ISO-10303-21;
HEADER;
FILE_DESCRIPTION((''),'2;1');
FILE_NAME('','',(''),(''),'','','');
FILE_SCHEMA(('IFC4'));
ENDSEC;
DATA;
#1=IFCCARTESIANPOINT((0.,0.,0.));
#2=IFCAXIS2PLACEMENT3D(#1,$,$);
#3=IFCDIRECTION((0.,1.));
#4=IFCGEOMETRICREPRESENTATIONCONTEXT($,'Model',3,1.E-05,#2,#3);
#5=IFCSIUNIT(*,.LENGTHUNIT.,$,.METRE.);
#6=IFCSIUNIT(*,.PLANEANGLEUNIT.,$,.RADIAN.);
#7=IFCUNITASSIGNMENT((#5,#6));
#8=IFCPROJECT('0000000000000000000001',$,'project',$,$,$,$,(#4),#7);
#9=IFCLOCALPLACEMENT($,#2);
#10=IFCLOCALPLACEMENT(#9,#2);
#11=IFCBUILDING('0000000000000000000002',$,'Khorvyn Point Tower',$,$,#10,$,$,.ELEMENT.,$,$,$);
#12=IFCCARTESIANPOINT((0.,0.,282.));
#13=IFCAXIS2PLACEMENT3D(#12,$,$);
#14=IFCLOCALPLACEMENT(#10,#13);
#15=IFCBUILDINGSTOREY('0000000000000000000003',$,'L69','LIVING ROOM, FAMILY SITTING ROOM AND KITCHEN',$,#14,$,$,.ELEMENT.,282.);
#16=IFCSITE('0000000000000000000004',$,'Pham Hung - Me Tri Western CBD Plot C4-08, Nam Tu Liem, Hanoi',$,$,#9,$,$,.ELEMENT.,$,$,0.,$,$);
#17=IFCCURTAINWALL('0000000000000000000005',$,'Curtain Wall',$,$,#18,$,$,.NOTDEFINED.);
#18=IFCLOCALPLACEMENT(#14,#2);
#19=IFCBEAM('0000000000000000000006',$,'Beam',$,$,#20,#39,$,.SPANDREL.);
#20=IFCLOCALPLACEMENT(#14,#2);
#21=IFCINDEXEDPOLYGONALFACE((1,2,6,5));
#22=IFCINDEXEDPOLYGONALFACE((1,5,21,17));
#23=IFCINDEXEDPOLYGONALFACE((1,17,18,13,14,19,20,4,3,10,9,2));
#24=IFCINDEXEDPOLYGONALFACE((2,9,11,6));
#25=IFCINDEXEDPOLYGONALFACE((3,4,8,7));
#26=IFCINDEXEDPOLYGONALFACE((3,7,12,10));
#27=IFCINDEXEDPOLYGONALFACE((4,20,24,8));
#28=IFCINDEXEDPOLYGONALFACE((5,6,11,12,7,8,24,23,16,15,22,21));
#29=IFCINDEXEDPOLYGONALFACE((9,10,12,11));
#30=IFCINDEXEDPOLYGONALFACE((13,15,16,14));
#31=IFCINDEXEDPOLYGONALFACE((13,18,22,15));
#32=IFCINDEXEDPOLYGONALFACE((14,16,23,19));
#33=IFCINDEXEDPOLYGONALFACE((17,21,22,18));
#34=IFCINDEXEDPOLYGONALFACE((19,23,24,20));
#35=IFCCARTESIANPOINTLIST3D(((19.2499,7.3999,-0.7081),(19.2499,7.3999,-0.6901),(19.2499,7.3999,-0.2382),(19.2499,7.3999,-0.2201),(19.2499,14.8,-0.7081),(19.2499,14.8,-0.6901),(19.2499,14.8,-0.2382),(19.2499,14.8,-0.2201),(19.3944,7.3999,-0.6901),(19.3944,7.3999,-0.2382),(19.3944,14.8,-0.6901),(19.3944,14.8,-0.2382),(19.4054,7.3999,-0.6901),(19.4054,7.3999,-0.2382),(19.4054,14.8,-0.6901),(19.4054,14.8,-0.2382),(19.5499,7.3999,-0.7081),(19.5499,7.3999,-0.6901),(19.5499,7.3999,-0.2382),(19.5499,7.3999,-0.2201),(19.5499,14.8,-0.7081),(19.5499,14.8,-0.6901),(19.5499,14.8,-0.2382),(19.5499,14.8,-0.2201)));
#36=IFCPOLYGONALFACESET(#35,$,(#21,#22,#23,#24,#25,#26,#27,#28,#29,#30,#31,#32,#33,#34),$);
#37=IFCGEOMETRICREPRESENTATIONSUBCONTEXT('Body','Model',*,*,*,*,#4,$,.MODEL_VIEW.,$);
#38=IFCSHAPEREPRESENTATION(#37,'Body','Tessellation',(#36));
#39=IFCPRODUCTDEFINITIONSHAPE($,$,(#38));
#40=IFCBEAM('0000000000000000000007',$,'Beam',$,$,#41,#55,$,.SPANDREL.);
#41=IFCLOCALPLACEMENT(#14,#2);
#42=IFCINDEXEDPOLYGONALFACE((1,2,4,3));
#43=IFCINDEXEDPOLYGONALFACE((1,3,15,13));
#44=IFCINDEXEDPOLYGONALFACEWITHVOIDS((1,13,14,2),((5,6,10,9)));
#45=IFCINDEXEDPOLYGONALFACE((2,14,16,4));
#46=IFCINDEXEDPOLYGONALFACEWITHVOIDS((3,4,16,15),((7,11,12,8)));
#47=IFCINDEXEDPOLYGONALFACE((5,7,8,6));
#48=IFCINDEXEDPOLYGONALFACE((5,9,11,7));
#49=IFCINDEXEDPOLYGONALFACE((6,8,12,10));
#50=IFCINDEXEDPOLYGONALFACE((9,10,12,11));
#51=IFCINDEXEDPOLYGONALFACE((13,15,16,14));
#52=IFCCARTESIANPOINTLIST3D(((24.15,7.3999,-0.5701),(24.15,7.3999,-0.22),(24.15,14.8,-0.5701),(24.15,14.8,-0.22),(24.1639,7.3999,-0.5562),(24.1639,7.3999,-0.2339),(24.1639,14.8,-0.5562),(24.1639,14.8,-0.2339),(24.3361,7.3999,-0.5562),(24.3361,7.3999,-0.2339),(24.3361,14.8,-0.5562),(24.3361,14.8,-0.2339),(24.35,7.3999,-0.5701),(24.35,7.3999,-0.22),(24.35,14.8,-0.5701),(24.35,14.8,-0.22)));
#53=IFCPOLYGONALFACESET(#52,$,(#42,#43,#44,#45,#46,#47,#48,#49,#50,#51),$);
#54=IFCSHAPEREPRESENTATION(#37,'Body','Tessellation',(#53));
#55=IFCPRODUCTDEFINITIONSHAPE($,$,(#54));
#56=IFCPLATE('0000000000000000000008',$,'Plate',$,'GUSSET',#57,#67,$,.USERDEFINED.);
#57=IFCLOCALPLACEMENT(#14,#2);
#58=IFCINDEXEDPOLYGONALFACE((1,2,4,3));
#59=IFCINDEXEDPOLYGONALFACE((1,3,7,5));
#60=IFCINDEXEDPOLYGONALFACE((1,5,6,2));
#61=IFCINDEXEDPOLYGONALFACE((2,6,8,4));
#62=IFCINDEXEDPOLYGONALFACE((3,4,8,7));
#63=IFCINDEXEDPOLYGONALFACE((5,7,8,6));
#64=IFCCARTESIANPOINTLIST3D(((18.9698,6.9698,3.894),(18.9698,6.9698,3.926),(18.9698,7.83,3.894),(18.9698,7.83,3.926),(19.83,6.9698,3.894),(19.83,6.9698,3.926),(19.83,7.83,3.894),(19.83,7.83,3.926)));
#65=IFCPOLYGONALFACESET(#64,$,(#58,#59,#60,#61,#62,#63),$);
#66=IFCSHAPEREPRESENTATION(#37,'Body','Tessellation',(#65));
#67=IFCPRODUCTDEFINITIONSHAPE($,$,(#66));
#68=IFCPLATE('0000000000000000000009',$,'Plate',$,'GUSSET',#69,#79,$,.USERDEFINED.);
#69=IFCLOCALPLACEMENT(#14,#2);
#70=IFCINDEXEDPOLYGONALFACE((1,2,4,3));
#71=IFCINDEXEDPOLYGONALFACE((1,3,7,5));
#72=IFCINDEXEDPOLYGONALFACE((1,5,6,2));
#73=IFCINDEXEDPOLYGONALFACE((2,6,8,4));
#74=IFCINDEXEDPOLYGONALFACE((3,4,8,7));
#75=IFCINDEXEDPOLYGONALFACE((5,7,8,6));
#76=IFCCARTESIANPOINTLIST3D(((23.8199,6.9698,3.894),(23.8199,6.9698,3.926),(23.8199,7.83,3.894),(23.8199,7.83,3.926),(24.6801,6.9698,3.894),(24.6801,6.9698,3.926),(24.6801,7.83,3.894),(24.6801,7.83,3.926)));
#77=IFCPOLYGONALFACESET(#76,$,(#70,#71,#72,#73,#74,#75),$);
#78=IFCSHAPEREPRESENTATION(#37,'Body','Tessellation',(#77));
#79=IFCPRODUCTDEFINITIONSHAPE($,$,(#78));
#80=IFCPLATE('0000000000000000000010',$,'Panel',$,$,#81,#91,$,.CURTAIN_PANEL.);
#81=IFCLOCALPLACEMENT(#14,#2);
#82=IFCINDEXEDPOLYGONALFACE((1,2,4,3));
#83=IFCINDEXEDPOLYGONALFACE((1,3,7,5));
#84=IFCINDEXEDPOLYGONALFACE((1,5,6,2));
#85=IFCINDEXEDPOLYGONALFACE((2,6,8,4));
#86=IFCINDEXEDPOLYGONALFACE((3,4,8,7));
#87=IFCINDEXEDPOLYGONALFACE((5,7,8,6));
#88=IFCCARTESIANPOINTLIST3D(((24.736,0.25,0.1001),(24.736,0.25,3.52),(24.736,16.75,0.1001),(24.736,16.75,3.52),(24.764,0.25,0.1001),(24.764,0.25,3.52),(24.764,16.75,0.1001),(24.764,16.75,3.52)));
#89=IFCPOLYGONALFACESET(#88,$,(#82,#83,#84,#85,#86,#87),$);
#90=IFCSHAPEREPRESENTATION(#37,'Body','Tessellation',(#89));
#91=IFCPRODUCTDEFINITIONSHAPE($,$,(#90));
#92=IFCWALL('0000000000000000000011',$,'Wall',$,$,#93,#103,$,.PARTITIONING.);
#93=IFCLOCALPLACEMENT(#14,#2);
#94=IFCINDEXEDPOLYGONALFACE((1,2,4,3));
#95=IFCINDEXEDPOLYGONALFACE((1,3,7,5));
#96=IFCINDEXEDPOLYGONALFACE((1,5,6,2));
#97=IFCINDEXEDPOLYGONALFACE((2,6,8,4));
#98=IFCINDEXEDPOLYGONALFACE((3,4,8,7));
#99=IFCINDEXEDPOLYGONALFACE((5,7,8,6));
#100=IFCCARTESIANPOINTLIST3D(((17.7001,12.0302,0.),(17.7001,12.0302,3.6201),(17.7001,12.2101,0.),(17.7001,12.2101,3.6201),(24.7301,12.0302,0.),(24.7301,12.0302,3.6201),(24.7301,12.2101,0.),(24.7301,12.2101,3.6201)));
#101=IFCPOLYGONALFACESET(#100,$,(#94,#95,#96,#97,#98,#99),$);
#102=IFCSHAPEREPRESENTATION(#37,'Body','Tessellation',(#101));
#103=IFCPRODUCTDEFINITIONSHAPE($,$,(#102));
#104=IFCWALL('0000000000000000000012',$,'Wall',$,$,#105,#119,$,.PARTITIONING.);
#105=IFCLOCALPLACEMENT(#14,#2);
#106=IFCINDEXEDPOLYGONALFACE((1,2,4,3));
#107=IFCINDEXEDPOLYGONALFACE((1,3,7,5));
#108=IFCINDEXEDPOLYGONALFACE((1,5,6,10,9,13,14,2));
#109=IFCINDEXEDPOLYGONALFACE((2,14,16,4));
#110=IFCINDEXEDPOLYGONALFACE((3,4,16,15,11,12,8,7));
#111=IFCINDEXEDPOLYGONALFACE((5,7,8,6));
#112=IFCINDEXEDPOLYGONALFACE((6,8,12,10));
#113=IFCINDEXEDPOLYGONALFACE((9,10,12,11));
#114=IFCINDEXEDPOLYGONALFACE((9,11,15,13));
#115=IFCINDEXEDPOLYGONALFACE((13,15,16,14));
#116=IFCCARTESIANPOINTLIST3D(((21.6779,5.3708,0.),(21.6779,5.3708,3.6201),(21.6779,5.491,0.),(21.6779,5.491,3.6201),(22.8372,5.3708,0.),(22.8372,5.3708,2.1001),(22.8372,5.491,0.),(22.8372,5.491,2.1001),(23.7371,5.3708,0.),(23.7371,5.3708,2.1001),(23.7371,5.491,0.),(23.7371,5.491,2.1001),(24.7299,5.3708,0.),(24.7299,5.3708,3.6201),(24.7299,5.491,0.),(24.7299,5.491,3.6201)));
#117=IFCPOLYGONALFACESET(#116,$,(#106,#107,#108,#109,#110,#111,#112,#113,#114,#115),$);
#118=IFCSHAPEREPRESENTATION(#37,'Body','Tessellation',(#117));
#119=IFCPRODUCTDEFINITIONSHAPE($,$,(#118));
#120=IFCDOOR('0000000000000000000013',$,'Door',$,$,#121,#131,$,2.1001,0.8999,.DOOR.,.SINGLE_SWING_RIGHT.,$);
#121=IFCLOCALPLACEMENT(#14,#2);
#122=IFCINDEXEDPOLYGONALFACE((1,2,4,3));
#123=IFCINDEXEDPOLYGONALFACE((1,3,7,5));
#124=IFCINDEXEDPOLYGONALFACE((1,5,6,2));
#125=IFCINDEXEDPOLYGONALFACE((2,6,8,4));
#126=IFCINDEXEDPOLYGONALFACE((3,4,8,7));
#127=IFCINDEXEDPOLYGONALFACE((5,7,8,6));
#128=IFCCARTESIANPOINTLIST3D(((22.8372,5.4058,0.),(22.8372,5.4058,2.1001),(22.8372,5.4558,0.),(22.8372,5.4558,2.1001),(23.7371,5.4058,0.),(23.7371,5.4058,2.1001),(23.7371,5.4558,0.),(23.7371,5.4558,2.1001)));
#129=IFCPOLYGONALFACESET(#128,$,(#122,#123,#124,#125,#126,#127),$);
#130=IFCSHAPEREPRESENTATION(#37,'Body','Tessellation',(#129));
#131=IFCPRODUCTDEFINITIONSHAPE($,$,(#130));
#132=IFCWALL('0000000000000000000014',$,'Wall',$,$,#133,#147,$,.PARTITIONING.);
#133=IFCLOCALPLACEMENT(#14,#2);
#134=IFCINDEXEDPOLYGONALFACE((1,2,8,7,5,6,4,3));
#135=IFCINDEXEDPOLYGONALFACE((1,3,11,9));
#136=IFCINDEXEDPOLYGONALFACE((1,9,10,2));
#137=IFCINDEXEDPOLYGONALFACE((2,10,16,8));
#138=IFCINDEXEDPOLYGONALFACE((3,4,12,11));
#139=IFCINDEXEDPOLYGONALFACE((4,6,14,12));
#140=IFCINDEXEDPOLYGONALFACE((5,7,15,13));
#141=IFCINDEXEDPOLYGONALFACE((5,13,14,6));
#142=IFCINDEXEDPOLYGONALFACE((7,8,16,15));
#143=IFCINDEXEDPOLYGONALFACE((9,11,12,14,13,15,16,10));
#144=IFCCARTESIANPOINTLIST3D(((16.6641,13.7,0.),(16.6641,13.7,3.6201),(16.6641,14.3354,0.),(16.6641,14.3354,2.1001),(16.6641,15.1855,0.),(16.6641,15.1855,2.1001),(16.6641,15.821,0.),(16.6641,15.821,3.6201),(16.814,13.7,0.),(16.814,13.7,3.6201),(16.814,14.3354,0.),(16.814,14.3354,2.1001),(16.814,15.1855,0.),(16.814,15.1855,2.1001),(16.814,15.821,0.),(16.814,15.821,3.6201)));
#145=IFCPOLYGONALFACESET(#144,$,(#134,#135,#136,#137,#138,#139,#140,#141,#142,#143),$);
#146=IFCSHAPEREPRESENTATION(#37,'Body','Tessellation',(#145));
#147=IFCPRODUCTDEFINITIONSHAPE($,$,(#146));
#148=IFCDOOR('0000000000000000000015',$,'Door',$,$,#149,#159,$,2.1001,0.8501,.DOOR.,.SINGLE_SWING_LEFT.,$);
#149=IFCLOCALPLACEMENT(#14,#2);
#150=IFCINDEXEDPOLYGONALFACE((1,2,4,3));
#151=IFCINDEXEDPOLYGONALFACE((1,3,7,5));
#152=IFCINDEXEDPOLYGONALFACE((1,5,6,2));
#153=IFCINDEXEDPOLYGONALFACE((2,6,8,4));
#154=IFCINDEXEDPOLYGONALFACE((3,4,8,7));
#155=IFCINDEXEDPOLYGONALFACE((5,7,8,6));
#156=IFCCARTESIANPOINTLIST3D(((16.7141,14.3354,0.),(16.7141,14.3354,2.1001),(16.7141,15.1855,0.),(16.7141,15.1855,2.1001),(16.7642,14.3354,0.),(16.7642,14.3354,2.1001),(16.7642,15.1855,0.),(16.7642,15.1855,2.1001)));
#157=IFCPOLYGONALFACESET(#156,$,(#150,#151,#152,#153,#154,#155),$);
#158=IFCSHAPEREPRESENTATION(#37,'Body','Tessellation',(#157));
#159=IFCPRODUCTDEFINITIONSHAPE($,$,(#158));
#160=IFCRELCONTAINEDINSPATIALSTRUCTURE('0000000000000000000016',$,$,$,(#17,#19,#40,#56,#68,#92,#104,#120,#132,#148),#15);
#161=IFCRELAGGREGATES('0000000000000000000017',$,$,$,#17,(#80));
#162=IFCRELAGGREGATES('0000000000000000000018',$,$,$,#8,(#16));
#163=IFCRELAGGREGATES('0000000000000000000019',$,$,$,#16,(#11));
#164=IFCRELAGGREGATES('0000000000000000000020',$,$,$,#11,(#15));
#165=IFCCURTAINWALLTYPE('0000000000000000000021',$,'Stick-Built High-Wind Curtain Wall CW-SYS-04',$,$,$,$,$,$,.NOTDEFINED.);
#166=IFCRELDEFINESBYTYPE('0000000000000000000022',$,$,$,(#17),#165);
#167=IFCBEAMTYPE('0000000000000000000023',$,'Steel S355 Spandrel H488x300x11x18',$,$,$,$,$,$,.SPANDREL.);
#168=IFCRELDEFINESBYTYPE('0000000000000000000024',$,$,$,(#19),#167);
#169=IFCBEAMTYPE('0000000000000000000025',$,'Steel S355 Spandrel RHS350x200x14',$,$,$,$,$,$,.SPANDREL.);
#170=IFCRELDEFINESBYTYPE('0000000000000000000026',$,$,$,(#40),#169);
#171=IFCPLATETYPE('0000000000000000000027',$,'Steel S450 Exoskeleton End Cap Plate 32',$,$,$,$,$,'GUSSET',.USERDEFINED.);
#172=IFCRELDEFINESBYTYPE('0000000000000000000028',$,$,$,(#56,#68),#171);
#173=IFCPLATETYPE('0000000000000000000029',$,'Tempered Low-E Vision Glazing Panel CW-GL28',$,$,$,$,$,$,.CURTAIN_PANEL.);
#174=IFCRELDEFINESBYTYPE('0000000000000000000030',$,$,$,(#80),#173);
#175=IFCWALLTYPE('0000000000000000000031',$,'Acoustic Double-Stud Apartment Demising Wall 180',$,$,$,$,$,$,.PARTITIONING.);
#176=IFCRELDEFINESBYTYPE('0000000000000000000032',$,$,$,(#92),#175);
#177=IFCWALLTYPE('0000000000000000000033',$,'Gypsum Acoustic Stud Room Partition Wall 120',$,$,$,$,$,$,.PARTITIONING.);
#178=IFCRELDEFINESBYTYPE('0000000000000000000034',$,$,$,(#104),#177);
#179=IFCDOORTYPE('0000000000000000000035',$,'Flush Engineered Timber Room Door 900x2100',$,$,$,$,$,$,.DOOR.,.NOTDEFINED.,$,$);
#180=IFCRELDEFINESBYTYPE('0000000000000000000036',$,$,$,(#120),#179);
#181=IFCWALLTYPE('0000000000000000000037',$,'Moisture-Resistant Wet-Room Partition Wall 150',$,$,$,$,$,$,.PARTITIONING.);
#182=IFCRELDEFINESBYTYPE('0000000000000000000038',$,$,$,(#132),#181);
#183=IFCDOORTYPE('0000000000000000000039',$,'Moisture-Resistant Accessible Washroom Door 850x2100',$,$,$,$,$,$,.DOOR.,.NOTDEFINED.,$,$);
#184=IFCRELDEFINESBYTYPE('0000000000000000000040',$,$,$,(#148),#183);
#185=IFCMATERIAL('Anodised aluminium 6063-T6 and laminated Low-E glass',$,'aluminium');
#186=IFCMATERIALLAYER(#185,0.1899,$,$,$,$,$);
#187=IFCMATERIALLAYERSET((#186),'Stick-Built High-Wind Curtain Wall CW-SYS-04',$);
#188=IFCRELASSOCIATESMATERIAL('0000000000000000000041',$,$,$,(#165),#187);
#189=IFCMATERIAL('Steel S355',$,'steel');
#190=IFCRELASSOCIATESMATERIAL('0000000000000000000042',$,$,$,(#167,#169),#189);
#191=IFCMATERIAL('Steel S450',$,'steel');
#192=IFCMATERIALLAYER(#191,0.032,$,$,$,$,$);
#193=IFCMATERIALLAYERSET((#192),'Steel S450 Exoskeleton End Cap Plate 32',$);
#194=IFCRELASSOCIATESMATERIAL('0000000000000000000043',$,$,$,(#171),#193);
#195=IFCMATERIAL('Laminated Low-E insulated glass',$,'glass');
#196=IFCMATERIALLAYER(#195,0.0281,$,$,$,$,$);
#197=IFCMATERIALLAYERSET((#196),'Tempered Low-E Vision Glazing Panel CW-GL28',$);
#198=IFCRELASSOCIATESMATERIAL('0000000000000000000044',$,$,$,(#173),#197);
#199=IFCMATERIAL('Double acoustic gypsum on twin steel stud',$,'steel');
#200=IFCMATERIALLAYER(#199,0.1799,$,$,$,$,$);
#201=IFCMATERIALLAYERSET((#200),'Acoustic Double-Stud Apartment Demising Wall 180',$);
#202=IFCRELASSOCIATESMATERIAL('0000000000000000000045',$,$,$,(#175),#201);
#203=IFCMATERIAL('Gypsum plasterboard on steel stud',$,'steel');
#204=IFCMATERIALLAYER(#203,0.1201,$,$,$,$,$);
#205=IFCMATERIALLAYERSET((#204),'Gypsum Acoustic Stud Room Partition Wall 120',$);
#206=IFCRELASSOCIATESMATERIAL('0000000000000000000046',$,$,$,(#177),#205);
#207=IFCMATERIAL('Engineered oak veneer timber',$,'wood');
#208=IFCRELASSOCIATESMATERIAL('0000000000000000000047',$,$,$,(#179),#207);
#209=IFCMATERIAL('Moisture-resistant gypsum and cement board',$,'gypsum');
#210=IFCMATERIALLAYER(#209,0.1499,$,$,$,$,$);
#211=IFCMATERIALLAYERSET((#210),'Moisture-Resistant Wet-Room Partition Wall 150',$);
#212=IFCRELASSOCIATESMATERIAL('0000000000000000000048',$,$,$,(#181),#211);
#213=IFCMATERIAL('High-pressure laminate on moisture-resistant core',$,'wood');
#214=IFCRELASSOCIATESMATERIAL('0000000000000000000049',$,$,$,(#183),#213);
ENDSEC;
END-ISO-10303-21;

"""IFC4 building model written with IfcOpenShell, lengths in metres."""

from ifc_helpers import new_model, si_unit, direction, frame, frame_2d, origin, origin_2d, place, context, subcontext, project, spatial, rectangle, hollow_rectangle, i_section, extrude, material, layer, layer_set, material_profile, profile_set, type_object, element, fill, aggregate, save


model = new_model("IFC4")

# Units and contexts
model_context = context("Model", 3, precision=1e-05, world=origin(), true_north=direction((0.0, 1.0)))
body_context = subcontext(model_context, "Body", "Model", "MODEL_VIEW")
ifc_project = project(units=[si_unit("LENGTHUNIT", "METRE"), si_unit("PLANEANGLEUNIT", "RADIAN")], contexts=[model_context])

# Site, building, storey
site_placement = place(None, origin())
site = spatial("IfcSite", under=ifc_project, at=site_placement, Name="Pham Hung - Me Tri Western CBD Plot C4-08, Nam Tu Liem, Hanoi", CompositionType="ELEMENT", RefElevation=0.0)
building_placement = place(site_placement, origin())
building = spatial("IfcBuilding", under=site, at=building_placement, Name="Khorvyn Point Tower", CompositionType="ELEMENT")
storey_placement = place(building_placement, frame((0.0, 0.0, 282.0)))
storey = spatial("IfcBuildingStorey", under=building, at=storey_placement, Name="L69", Description="LIVING ROOM, FAMILY SITTING ROOM AND KITCHEN", CompositionType="ELEMENT", Elevation=282.0)

# Shared definitions
ifc_material_1 = material(Name="Steel S355", Category="steel")
ifc_material_2 = material(Name="Steel S450", Category="steel")

# Curtain wall
ifc_material_3 = material(Name="Anodised aluminium 6063-T6 and laminated Low-E glass", Category="aluminium")
ifc_layer_1 = layer(ifc_material_3, 0.1899)
ifc_layer_set_1 = layer_set([ifc_layer_1], Name="Stick-Built High-Wind Curtain Wall CW-SYS-04")
curtain_wall_type = type_object("IfcCurtainWallType", Name="Stick-Built High-Wind Curtain Wall CW-SYS-04", PredefinedType="NOTDEFINED", material=ifc_layer_set_1)
curtain_wall_placement = place(storey_placement, origin())
curtain_wall = element("IfcCurtainWall", 1, at=curtain_wall_placement, inside=storey, type_object=curtain_wall_type, Name="Curtain Wall", PredefinedType="NOTDEFINED")

# Beams
ifc_material_profile_1 = material_profile(ifc_material_1, i_section(OverallWidth=0.3, OverallDepth=0.488, WebThickness=0.011, FlangeThickness=0.0181, at=origin_2d()))
ifc_profile_set_1 = profile_set([ifc_material_profile_1], Name="Steel S355 H488x300x11x18")
beam_type_1 = type_object("IfcBeamType", Name="Steel S355 Spandrel H488x300x11x18", PredefinedType="SPANDREL", material=ifc_profile_set_1)
beam_1_placement = place(storey_placement, frame((19.3999, 7.3999, -0.4641), z_axis=(0.0, 1.0, 0.0), x_axis=(-1.0, 0.0, 0.0)))
element("IfcBeam", 2, at=beam_1_placement, inside=storey, type_object=beam_type_1, Name="Beam", PredefinedType="SPANDREL", context=body_context, shape_type="SweptSolid", body=[
    extrude(i_section(OverallWidth=0.3, OverallDepth=0.488, WebThickness=0.011, FlangeThickness=0.0181, at=origin_2d()), origin(), (0.0, 0.0, 1.0), 7.4001),
])
ifc_material_profile_2 = material_profile(ifc_material_1, hollow_rectangle(XDim=0.2, YDim=0.3501, WallThickness=0.0139, at=origin_2d()))
ifc_profile_set_2 = profile_set([ifc_material_profile_2], Name="Steel S355 RHS350x200x14")
beam_type_2 = type_object("IfcBeamType", Name="Steel S355 Spandrel RHS350x200x14", PredefinedType="SPANDREL", material=ifc_profile_set_2)
beam_2_placement = place(storey_placement, frame((24.25, 7.3999, -0.395), z_axis=(0.0, 1.0, 0.0), x_axis=(-1.0, 0.0, 0.0)))
element("IfcBeam", 3, at=beam_2_placement, inside=storey, type_object=beam_type_2, Name="Beam", PredefinedType="SPANDREL", context=body_context, shape_type="SweptSolid", body=[
    extrude(hollow_rectangle(XDim=0.2, YDim=0.3501, WallThickness=0.0139, at=origin_2d()), origin(), (0.0, 0.0, 1.0), 7.4001),
])

# Plates
ifc_layer_2 = layer(ifc_material_2, 0.032)
ifc_layer_set_2 = layer_set([ifc_layer_2], Name="Steel S450 Exoskeleton End Cap Plate 32")
plate_type_1 = type_object("IfcPlateType", Name="Steel S450 Exoskeleton End Cap Plate 32", ElementType="GUSSET", PredefinedType="USERDEFINED", material=ifc_layer_set_2)
for number, where, z_axis, x_axis, name in (
    (4, (19.3999, 7.3999, 3.894), (0.0, 0.0, 1.0), (1.0, 0.0, 0.0), "Plate"),
    (5, (24.25, 7.3999, 3.894), (0.0, 0.0, 1.0), (1.0, 0.0, 0.0), "Plate"),
):
    element("IfcPlate", number, at=place(storey_placement, frame(where, z_axis=z_axis, x_axis=x_axis)), inside=storey, type_object=plate_type_1, Name=name, ObjectType="GUSSET", PredefinedType="USERDEFINED", context=body_context, shape_type="SweptSolid", body=[
        extrude(rectangle(XDim=0.8601, YDim=0.8601, at=origin_2d()), origin(), (0.0, 0.0, 1.0), 0.032),
    ])

# Plate
ifc_material_4 = material(Name="Laminated Low-E insulated glass", Category="glass")
ifc_layer_3 = layer(ifc_material_4, 0.0281)
ifc_layer_set_3 = layer_set([ifc_layer_3], Name="Tempered Low-E Vision Glazing Panel CW-GL28")
plate_type_2 = type_object("IfcPlateType", Name="Tempered Low-E Vision Glazing Panel CW-GL28", PredefinedType="CURTAIN_PANEL", material=ifc_layer_set_3)
plate_placement = place(storey_placement, frame((24.75, 8.5, 0.1001), z_axis=(0.0, 0.0, 1.0), x_axis=(0.0, -1.0, 0.0)))
plate = element("IfcPlate", 6, at=plate_placement, type_object=plate_type_2, Name="Panel", PredefinedType="CURTAIN_PANEL", context=body_context, shape_type="SweptSolid", body=[
    extrude(rectangle(XDim=16.5, YDim=0.0281, at=origin_2d()), origin(), (0.0, 0.0, 1.0), 3.4199),
])
aggregate(curtain_wall, [plate])

# Wall
ifc_material_5 = material(Name="Double acoustic gypsum on twin steel stud", Category="steel")
ifc_layer_4 = layer(ifc_material_5, 0.1799)
ifc_layer_set_4 = layer_set([ifc_layer_4], Name="Acoustic Double-Stud Apartment Demising Wall 180")
wall_type_1 = type_object("IfcWallType", Name="Acoustic Double-Stud Apartment Demising Wall 180", PredefinedType="PARTITIONING", material=ifc_layer_set_4)
wall_1_placement = place(storey_placement, frame((17.7, 12.1201, 0.0), z_axis=(0.0, 0.0, 1.0), x_axis=(1.0, 0.0, 0.0)))
element("IfcWall", 7, at=wall_1_placement, inside=storey, type_object=wall_type_1, Name="Wall", PredefinedType="PARTITIONING", context=body_context, shape_type="SweptSolid", body=[
    extrude(rectangle(XDim=7.03, YDim=0.1799, at=frame_2d((3.5151, 0.0))), origin(), (0.0, 0.0, 1.0), 3.6201),
])

# Walls, openings, doors
ifc_material_6 = material(Name="Gypsum plasterboard on steel stud", Category="steel")
ifc_layer_5 = layer(ifc_material_6, 0.1201)
ifc_layer_set_5 = layer_set([ifc_layer_5], Name="Gypsum Acoustic Stud Room Partition Wall 120")
wall_type_2 = type_object("IfcWallType", Name="Gypsum Acoustic Stud Room Partition Wall 120", PredefinedType="PARTITIONING", material=ifc_layer_set_5)
wall_2_placement = place(storey_placement, frame((21.678, 5.4309, 0.0), z_axis=(0.0, 0.0, 1.0), x_axis=(1.0, 0.0, 0.0)))
wall_2 = element("IfcWall", 8, at=wall_2_placement, inside=storey, type_object=wall_type_2, Name="Wall", PredefinedType="PARTITIONING", context=body_context, shape_type="SweptSolid", body=[
    extrude(rectangle(XDim=3.052, YDim=0.1201, at=frame_2d((1.5259, 0.0))), origin(), (0.0, 0.0, 1.0), 3.6201),
])
opening_1_placement = place(wall_2_placement, frame((1.1592, 0.0, 0.0)))
opening_1 = element("IfcOpeningElement", 9, at=opening_1_placement, cuts=wall_2, PredefinedType="OPENING", context=body_context, shape_type="SweptSolid", body=[
    extrude(rectangle(XDim=0.8999, YDim=2.1001, at=frame_2d((0.45, 1.05))), frame((0.0, 0.0701, 0.0), z_axis=(0.0, -1.0, 0.0), x_axis=(1.0, 0.0, 0.0)), (0.0, 0.0, 1.0), 0.1401),
])
ifc_material_7 = material(Name="Engineered oak veneer timber", Category="wood")
door_type_1 = type_object("IfcDoorType", Name="Flush Engineered Timber Room Door 900x2100", OperationType="NOTDEFINED", PredefinedType="DOOR", material=ifc_material_7)
door_1_placement = place(opening_1_placement, origin())
door_1 = element("IfcDoor", 10, at=door_1_placement, inside=storey, type_object=door_type_1, Name="Door", OperationType="SINGLE_SWING_RIGHT", OverallHeight=2.1001, OverallWidth=0.8999, PredefinedType="DOOR", context=body_context, shape_type="SweptSolid", body=[
    extrude(rectangle(XDim=0.8999, YDim=2.1001, at=frame_2d((0.45, 1.05))), frame((0.0, 0.0249, 0.0), z_axis=(0.0, -1.0, 0.0), x_axis=(1.0, 0.0, 0.0)), (0.0, 0.0, 1.0), 0.05),
])
fill(opening_1, door_1)
ifc_material_8 = material(Name="Moisture-resistant gypsum and cement board", Category="gypsum")
ifc_layer_6 = layer(ifc_material_8, 0.1499)
ifc_layer_set_6 = layer_set([ifc_layer_6], Name="Moisture-Resistant Wet-Room Partition Wall 150")
wall_type_3 = type_object("IfcWallType", Name="Moisture-Resistant Wet-Room Partition Wall 150", PredefinedType="PARTITIONING", material=ifc_layer_set_6)
wall_3_placement = place(storey_placement, frame((16.739, 13.7, 0.0), z_axis=(0.0, 0.0, 1.0), x_axis=(0.0, 1.0, 0.0)))
wall_3 = element("IfcWall", 11, at=wall_3_placement, inside=storey, type_object=wall_type_3, Name="Wall", PredefinedType="PARTITIONING", context=body_context, shape_type="SweptSolid", body=[
    extrude(rectangle(XDim=2.1211, YDim=0.1499, at=frame_2d((1.0605, 0.0))), origin(), (0.0, 0.0, 1.0), 3.6201),
])
opening_2_placement = place(wall_3_placement, frame((0.6355, 0.0, 0.0)))
opening_2 = element("IfcOpeningElement", 12, at=opening_2_placement, cuts=wall_3, PredefinedType="OPENING", context=body_context, shape_type="SweptSolid", body=[
    extrude(rectangle(XDim=0.8501, YDim=2.1001, at=frame_2d((0.425, 1.05))), frame((0.0, 0.085, 0.0), z_axis=(0.0, -1.0, 0.0), x_axis=(1.0, 0.0, 0.0)), (0.0, 0.0, 1.0), 0.1699),
])
ifc_material_9 = material(Name="High-pressure laminate on moisture-resistant core", Category="wood")
door_type_2 = type_object("IfcDoorType", Name="Moisture-Resistant Accessible Washroom Door 850x2100", OperationType="NOTDEFINED", PredefinedType="DOOR", material=ifc_material_9)
door_2_placement = place(opening_2_placement, origin())
door_2 = element("IfcDoor", 13, at=door_2_placement, inside=storey, type_object=door_type_2, Name="Door", OperationType="SINGLE_SWING_LEFT", OverallHeight=2.1001, OverallWidth=0.8501, PredefinedType="DOOR", context=body_context, shape_type="SweptSolid", body=[
    extrude(rectangle(XDim=0.8501, YDim=2.1001, at=frame_2d((0.425, 1.05))), frame((0.0, 0.0249, 0.0), z_axis=(0.0, -1.0, 0.0), x_axis=(1.0, 0.0, 0.0)), (0.0, 0.0, 1.0), 0.05),
])
fill(opening_2, door_2)

save(model, "model.ifc")
